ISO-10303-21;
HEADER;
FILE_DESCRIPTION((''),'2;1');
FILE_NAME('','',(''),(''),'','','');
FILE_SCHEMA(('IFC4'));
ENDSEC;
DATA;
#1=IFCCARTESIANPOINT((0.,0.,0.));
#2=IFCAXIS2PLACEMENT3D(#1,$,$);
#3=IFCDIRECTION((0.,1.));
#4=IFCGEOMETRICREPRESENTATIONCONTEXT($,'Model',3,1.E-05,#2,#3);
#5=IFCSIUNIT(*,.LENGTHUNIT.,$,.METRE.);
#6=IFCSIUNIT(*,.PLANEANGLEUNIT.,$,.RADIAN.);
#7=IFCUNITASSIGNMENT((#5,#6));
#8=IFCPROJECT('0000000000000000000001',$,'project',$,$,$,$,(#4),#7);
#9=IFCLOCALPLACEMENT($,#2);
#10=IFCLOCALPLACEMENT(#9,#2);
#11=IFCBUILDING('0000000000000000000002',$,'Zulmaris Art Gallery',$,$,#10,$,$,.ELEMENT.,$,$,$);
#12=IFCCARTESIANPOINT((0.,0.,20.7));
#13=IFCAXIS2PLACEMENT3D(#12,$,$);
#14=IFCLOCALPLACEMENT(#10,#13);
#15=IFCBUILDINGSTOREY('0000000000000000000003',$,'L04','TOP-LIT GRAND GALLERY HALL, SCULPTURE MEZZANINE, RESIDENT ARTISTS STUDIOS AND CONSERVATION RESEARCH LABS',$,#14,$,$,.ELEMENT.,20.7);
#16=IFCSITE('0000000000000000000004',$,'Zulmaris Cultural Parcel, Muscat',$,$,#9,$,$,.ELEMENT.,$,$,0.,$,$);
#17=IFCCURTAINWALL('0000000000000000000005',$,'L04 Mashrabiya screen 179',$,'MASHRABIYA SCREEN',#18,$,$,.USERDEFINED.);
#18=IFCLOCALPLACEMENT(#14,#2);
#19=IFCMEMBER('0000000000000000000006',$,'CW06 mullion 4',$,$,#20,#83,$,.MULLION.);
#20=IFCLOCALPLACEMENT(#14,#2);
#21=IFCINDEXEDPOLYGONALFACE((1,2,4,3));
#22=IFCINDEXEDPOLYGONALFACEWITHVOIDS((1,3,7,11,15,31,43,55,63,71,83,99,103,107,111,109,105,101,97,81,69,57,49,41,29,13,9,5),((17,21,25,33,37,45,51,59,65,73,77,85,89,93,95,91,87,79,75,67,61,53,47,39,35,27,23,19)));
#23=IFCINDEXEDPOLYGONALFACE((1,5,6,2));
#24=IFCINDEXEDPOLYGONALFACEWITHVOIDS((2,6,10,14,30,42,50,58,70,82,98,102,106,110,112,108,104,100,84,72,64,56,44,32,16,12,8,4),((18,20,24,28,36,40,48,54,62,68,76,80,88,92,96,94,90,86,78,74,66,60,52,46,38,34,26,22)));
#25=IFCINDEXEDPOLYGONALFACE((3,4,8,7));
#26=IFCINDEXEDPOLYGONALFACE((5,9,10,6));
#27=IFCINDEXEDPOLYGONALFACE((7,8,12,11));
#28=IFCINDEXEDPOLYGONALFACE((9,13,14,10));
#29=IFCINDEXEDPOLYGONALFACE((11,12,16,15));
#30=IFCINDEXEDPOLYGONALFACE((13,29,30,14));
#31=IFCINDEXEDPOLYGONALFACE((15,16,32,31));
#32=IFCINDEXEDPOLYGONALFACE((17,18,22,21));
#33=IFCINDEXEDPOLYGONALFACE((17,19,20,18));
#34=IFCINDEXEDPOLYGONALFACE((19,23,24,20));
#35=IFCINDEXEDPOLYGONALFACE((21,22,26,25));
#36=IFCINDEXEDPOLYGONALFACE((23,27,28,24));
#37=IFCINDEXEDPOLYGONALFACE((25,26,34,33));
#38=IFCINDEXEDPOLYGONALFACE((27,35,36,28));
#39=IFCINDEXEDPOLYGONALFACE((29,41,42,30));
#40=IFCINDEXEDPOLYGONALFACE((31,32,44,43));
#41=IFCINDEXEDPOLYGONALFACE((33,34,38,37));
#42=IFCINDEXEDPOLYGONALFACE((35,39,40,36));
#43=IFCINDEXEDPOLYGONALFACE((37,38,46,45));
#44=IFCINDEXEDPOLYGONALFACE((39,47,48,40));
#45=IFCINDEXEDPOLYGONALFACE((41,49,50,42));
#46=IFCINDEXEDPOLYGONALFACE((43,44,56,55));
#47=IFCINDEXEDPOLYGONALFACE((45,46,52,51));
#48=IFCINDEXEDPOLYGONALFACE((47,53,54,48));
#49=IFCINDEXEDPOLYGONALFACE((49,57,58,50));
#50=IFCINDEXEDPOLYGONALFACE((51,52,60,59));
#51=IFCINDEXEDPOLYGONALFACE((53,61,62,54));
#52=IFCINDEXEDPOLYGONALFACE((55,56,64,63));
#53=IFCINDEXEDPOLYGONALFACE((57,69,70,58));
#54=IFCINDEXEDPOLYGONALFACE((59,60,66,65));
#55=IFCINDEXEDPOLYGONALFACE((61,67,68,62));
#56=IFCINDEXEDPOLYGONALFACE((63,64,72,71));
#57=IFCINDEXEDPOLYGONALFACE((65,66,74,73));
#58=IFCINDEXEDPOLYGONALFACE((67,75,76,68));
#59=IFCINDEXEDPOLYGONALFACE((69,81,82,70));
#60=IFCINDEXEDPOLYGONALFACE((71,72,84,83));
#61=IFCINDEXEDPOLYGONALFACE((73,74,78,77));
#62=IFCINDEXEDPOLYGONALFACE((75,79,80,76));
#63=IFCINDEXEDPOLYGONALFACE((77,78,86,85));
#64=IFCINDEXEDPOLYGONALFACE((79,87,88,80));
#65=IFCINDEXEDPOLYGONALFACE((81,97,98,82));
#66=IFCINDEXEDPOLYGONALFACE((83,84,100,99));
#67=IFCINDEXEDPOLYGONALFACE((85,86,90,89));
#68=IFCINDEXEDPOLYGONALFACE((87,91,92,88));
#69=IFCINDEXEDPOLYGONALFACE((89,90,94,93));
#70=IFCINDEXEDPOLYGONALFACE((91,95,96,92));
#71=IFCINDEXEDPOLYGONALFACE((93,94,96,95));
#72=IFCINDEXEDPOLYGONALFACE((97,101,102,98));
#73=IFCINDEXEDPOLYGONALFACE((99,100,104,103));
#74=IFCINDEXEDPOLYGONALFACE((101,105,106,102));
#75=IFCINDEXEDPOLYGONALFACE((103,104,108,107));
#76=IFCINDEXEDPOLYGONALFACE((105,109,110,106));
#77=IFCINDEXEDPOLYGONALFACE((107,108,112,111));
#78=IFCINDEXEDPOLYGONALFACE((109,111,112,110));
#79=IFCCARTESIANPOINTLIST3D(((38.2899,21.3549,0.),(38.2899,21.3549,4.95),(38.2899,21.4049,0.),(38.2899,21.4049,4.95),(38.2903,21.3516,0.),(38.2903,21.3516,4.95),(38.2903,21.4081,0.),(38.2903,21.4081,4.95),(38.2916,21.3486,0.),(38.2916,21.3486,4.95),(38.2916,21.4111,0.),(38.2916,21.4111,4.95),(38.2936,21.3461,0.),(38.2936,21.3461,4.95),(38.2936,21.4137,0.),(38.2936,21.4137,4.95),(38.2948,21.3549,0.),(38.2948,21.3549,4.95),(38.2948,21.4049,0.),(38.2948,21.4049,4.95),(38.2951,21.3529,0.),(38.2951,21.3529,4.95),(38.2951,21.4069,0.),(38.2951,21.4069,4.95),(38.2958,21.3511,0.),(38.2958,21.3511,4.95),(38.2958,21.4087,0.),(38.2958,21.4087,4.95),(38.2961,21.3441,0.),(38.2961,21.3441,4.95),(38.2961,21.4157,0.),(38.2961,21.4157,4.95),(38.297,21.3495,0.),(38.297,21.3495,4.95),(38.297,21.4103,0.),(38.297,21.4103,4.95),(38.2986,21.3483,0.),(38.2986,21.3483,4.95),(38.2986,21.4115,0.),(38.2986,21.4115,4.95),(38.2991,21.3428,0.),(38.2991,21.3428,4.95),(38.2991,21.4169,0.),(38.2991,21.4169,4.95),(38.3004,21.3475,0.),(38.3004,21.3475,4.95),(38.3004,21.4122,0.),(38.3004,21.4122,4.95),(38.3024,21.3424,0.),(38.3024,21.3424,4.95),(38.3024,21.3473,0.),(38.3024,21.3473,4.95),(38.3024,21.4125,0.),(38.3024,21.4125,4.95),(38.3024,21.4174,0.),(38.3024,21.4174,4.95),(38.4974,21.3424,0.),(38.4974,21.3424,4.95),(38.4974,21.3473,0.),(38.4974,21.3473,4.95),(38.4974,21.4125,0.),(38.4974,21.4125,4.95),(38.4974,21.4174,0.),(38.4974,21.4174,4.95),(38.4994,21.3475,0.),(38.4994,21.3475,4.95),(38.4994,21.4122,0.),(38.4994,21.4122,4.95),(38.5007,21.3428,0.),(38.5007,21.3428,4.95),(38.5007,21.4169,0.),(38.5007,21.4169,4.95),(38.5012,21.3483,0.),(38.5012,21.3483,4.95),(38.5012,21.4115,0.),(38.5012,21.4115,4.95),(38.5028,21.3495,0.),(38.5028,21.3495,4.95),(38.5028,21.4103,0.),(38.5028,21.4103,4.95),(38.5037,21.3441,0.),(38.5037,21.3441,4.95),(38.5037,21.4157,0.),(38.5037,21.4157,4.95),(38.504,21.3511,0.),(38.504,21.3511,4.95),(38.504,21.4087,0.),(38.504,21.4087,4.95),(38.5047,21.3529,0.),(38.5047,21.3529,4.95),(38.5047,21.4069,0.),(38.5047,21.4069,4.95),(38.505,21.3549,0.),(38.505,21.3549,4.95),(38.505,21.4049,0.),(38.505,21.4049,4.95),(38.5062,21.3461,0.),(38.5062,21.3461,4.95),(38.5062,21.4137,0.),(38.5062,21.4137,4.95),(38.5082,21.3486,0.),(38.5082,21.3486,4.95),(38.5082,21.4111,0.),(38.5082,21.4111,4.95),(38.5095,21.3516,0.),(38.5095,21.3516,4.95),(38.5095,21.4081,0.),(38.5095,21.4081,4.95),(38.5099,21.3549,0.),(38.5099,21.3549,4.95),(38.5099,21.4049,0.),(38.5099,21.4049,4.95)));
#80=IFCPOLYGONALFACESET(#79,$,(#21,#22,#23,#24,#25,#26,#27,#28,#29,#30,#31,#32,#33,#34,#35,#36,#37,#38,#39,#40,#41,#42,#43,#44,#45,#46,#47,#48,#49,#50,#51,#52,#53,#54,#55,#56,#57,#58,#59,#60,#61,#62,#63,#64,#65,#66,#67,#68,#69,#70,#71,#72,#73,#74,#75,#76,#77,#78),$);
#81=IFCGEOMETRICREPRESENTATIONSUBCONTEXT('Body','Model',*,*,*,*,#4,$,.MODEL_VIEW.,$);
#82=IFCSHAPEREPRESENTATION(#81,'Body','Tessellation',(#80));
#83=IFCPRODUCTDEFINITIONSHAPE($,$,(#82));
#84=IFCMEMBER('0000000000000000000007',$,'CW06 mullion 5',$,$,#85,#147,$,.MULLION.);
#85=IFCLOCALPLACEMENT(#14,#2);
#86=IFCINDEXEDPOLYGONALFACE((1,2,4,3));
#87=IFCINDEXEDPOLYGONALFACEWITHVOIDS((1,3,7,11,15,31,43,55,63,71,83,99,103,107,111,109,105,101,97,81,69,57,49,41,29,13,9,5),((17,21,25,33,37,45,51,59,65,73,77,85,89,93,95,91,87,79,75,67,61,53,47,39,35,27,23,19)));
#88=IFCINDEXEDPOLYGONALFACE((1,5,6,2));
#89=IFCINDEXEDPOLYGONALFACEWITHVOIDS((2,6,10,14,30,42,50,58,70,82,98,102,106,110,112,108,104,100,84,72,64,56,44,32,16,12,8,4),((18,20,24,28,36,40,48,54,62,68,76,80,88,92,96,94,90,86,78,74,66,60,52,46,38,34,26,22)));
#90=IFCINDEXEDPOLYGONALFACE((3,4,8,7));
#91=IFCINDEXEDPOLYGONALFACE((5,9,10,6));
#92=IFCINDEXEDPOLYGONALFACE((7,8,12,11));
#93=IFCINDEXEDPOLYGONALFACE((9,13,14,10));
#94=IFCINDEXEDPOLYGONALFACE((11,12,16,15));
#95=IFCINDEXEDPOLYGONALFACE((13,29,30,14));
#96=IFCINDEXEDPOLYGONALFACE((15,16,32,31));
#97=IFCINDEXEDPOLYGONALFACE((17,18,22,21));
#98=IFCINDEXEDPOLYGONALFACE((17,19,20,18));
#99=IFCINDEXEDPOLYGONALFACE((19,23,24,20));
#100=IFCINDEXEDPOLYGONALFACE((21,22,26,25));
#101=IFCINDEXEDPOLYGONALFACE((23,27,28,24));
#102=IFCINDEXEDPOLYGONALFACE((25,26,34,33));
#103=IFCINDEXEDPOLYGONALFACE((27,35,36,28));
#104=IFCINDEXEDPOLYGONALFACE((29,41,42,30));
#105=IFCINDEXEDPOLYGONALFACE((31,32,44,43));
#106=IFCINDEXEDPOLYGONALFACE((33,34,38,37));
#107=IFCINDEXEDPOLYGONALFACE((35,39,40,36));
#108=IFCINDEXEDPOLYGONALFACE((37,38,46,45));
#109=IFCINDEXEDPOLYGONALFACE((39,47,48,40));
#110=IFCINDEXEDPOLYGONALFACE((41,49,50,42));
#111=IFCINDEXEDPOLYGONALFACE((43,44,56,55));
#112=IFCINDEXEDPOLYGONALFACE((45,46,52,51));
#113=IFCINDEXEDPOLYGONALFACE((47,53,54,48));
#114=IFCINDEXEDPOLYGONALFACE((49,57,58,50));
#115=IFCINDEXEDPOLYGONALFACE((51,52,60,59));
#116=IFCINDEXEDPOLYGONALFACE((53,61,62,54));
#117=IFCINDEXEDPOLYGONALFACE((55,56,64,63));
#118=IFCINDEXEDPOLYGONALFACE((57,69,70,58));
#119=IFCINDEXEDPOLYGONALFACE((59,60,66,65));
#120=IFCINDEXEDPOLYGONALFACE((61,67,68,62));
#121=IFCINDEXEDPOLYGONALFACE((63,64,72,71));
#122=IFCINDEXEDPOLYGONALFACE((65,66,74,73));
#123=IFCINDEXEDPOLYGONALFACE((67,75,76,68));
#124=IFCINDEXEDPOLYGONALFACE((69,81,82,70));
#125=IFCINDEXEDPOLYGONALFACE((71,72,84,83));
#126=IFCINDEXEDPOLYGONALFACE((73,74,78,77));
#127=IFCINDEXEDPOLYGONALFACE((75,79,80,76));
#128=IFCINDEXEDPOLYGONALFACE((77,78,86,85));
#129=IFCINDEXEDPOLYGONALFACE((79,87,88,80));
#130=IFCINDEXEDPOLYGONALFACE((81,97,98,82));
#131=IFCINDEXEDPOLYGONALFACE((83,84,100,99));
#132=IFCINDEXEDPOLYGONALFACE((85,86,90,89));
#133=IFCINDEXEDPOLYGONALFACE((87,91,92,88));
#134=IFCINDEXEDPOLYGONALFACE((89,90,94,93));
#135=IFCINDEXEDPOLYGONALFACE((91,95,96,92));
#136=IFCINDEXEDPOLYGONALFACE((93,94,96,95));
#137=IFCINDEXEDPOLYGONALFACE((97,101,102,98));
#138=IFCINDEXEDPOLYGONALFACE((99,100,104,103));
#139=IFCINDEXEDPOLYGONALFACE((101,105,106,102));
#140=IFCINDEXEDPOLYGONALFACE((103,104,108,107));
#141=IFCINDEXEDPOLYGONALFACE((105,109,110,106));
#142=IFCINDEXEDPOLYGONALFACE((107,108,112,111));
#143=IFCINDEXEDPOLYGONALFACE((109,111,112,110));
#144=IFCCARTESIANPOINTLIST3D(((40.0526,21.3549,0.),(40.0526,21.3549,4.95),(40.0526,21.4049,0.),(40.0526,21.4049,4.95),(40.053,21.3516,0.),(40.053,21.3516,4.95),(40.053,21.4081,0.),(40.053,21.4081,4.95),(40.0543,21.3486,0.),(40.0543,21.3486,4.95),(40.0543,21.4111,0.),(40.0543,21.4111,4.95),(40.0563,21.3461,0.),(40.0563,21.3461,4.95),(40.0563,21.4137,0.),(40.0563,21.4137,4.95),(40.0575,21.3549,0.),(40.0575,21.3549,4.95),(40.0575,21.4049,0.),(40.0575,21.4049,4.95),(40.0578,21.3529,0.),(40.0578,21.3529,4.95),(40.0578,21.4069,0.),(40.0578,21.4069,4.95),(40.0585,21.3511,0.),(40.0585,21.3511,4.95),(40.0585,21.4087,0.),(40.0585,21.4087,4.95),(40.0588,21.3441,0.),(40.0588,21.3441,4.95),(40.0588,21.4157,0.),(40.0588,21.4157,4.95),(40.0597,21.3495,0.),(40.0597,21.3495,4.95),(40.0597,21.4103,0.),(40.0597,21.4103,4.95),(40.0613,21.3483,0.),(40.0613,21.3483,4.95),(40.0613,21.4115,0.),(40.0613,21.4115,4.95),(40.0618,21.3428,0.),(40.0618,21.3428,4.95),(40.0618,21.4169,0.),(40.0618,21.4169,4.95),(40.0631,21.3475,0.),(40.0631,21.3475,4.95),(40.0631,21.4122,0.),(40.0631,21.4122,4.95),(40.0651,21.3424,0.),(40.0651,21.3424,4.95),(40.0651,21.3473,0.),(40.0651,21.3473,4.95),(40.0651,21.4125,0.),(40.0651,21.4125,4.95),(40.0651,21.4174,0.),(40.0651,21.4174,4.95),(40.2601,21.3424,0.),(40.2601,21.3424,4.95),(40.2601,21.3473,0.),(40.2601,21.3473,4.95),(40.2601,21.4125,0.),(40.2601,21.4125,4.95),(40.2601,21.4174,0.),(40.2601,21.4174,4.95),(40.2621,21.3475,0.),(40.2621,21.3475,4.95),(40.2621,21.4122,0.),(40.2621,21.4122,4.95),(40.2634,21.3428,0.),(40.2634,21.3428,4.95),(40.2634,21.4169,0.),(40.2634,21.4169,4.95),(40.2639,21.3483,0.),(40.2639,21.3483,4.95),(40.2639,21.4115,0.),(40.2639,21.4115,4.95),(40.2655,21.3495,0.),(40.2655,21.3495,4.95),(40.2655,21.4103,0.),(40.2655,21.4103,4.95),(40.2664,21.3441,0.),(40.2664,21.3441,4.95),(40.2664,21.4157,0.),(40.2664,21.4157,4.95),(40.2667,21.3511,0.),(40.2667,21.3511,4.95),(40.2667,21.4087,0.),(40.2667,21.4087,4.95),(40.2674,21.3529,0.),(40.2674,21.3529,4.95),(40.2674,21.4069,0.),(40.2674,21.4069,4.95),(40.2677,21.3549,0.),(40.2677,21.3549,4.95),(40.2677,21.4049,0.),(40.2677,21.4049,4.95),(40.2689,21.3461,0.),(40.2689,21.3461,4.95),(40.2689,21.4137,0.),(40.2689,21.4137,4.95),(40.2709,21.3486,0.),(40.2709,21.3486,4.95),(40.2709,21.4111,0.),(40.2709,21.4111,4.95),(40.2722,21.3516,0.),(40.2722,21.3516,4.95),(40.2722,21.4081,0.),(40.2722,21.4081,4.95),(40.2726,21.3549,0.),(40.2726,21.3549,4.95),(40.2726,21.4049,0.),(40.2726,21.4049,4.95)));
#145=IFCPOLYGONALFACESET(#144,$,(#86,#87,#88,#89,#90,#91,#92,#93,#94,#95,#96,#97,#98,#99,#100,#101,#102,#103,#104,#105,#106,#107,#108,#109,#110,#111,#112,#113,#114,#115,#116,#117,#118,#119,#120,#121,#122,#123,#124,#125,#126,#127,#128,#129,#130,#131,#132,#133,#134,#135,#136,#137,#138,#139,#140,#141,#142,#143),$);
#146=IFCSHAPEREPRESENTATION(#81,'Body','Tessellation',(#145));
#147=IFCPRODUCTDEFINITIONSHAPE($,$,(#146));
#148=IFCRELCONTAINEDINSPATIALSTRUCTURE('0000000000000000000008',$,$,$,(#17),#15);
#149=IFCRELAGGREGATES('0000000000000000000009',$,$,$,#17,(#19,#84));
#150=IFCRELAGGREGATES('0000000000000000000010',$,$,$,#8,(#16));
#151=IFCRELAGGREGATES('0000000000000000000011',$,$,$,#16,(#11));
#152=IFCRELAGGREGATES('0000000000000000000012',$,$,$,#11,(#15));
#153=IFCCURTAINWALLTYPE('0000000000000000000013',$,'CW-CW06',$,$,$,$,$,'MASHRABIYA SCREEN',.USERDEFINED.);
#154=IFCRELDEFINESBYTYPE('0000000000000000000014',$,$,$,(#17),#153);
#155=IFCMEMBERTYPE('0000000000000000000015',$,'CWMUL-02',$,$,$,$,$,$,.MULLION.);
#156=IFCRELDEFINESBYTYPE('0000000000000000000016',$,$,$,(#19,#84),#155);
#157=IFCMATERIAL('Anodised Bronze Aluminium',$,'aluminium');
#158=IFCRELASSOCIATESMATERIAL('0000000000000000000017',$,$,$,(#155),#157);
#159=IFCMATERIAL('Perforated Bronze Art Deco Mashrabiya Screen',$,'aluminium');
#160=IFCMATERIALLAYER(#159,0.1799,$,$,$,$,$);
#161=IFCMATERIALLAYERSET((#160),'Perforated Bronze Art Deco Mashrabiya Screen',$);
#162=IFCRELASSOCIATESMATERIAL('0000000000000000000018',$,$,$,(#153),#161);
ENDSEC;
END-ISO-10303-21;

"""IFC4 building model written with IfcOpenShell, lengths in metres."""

from ifc_helpers import new_model, si_unit, direction, frame, origin, origin_2d, place, context, subcontext, project, spatial, hollow_rectangle, extrude, material, layer, layer_set, material_profile, profile_set, type_object, element, aggregate, save


model = new_model("IFC4")

# Units and contexts
model_context = context("Model", 3, precision=1e-05, world=origin(), true_north=direction((0.0, 1.0)))
body_context = subcontext(model_context, "Body", "Model", "MODEL_VIEW")
ifc_project = project(units=[si_unit("LENGTHUNIT", "METRE"), si_unit("PLANEANGLEUNIT", "RADIAN")], contexts=[model_context])

# Site, building, storey
site_placement = place(None, origin())
site = spatial("IfcSite", under=ifc_project, at=site_placement, Name="Zulmaris Cultural Parcel, Muscat", CompositionType="ELEMENT", RefElevation=0.0)
building_placement = place(site_placement, origin())
building = spatial("IfcBuilding", under=site, at=building_placement, Name="Zulmaris Art Gallery", CompositionType="ELEMENT")
storey_placement = place(building_placement, frame((0.0, 0.0, 20.7)))
storey = spatial("IfcBuildingStorey", under=building, at=storey_placement, Name="L04", Description="TOP-LIT GRAND GALLERY HALL, SCULPTURE MEZZANINE, RESIDENT ARTISTS STUDIOS AND CONSERVATION RESEARCH LABS", CompositionType="ELEMENT", Elevation=20.7)

# Shared definitions
ifc_material_1 = material(Name="Anodised Bronze Aluminium", Category="aluminium")
ifc_material_profile_1 = material_profile(ifc_material_1, hollow_rectangle(XDim=0.075, YDim=0.22, WallThickness=0.0049, InnerFilletRadius=0.0076, OuterFilletRadius=0.0125, at=origin_2d()), Name="ALU 75x220x5")
ifc_profile_set_1 = profile_set([ifc_material_profile_1], Name="Anodised Bronze Aluminium")
member_type_1 = type_object("IfcMemberType", Name="CWMUL-02", PredefinedType="MULLION", material=ifc_profile_set_1)

# Curtain wall, members
ifc_material_2 = material(Name="Perforated Bronze Art Deco Mashrabiya Screen", Category="aluminium")
ifc_layer_1 = layer(ifc_material_2, 0.1799)
ifc_layer_set_1 = layer_set([ifc_layer_1], Name="Perforated Bronze Art Deco Mashrabiya Screen")
curtain_wall_type_1 = type_object("IfcCurtainWallType", Name="CW-CW06", ElementType="MASHRABIYA SCREEN", PredefinedType="USERDEFINED", material=ifc_layer_set_1)
curtain_wall_1_placement = place(storey_placement, origin())
curtain_wall_1 = element("IfcCurtainWall", 1, at=curtain_wall_1_placement, inside=storey, type_object=curtain_wall_type_1, Name="L04 Mashrabiya screen 179", ObjectType="MASHRABIYA SCREEN", PredefinedType="USERDEFINED")
member_1_placement = place(storey_placement, frame((38.3999, 21.3799, 0.0), z_axis=(0.0, 0.0, 1.0), x_axis=(0.0, 1.0, 0.0)))
member_1 = element("IfcMember", 2, at=member_1_placement, type_object=member_type_1, Name="CW06 mullion 4", PredefinedType="MULLION", context=body_context, shape_type="SweptSolid", body=[
    extrude(hollow_rectangle(XDim=0.075, YDim=0.22, WallThickness=0.0049, InnerFilletRadius=0.0076, OuterFilletRadius=0.0125, at=origin_2d()), origin(), (0.0, 0.0, 1.0), 4.95),
])
member_2_placement = place(storey_placement, frame((40.1626, 21.3799, 0.0), z_axis=(0.0, 0.0, 1.0), x_axis=(0.0, 1.0, 0.0)))
member_2 = element("IfcMember", 3, at=member_2_placement, type_object=member_type_1, Name="CW06 mullion 5", PredefinedType="MULLION", context=body_context, shape_type="SweptSolid", body=[
    extrude(hollow_rectangle(XDim=0.075, YDim=0.22, WallThickness=0.0049, InnerFilletRadius=0.0076, OuterFilletRadius=0.0125, at=origin_2d()), origin(), (0.0, 0.0, 1.0), 4.95),
])

aggregate(curtain_wall_1, [member_1, member_2])

save(model, "model.ifc")
